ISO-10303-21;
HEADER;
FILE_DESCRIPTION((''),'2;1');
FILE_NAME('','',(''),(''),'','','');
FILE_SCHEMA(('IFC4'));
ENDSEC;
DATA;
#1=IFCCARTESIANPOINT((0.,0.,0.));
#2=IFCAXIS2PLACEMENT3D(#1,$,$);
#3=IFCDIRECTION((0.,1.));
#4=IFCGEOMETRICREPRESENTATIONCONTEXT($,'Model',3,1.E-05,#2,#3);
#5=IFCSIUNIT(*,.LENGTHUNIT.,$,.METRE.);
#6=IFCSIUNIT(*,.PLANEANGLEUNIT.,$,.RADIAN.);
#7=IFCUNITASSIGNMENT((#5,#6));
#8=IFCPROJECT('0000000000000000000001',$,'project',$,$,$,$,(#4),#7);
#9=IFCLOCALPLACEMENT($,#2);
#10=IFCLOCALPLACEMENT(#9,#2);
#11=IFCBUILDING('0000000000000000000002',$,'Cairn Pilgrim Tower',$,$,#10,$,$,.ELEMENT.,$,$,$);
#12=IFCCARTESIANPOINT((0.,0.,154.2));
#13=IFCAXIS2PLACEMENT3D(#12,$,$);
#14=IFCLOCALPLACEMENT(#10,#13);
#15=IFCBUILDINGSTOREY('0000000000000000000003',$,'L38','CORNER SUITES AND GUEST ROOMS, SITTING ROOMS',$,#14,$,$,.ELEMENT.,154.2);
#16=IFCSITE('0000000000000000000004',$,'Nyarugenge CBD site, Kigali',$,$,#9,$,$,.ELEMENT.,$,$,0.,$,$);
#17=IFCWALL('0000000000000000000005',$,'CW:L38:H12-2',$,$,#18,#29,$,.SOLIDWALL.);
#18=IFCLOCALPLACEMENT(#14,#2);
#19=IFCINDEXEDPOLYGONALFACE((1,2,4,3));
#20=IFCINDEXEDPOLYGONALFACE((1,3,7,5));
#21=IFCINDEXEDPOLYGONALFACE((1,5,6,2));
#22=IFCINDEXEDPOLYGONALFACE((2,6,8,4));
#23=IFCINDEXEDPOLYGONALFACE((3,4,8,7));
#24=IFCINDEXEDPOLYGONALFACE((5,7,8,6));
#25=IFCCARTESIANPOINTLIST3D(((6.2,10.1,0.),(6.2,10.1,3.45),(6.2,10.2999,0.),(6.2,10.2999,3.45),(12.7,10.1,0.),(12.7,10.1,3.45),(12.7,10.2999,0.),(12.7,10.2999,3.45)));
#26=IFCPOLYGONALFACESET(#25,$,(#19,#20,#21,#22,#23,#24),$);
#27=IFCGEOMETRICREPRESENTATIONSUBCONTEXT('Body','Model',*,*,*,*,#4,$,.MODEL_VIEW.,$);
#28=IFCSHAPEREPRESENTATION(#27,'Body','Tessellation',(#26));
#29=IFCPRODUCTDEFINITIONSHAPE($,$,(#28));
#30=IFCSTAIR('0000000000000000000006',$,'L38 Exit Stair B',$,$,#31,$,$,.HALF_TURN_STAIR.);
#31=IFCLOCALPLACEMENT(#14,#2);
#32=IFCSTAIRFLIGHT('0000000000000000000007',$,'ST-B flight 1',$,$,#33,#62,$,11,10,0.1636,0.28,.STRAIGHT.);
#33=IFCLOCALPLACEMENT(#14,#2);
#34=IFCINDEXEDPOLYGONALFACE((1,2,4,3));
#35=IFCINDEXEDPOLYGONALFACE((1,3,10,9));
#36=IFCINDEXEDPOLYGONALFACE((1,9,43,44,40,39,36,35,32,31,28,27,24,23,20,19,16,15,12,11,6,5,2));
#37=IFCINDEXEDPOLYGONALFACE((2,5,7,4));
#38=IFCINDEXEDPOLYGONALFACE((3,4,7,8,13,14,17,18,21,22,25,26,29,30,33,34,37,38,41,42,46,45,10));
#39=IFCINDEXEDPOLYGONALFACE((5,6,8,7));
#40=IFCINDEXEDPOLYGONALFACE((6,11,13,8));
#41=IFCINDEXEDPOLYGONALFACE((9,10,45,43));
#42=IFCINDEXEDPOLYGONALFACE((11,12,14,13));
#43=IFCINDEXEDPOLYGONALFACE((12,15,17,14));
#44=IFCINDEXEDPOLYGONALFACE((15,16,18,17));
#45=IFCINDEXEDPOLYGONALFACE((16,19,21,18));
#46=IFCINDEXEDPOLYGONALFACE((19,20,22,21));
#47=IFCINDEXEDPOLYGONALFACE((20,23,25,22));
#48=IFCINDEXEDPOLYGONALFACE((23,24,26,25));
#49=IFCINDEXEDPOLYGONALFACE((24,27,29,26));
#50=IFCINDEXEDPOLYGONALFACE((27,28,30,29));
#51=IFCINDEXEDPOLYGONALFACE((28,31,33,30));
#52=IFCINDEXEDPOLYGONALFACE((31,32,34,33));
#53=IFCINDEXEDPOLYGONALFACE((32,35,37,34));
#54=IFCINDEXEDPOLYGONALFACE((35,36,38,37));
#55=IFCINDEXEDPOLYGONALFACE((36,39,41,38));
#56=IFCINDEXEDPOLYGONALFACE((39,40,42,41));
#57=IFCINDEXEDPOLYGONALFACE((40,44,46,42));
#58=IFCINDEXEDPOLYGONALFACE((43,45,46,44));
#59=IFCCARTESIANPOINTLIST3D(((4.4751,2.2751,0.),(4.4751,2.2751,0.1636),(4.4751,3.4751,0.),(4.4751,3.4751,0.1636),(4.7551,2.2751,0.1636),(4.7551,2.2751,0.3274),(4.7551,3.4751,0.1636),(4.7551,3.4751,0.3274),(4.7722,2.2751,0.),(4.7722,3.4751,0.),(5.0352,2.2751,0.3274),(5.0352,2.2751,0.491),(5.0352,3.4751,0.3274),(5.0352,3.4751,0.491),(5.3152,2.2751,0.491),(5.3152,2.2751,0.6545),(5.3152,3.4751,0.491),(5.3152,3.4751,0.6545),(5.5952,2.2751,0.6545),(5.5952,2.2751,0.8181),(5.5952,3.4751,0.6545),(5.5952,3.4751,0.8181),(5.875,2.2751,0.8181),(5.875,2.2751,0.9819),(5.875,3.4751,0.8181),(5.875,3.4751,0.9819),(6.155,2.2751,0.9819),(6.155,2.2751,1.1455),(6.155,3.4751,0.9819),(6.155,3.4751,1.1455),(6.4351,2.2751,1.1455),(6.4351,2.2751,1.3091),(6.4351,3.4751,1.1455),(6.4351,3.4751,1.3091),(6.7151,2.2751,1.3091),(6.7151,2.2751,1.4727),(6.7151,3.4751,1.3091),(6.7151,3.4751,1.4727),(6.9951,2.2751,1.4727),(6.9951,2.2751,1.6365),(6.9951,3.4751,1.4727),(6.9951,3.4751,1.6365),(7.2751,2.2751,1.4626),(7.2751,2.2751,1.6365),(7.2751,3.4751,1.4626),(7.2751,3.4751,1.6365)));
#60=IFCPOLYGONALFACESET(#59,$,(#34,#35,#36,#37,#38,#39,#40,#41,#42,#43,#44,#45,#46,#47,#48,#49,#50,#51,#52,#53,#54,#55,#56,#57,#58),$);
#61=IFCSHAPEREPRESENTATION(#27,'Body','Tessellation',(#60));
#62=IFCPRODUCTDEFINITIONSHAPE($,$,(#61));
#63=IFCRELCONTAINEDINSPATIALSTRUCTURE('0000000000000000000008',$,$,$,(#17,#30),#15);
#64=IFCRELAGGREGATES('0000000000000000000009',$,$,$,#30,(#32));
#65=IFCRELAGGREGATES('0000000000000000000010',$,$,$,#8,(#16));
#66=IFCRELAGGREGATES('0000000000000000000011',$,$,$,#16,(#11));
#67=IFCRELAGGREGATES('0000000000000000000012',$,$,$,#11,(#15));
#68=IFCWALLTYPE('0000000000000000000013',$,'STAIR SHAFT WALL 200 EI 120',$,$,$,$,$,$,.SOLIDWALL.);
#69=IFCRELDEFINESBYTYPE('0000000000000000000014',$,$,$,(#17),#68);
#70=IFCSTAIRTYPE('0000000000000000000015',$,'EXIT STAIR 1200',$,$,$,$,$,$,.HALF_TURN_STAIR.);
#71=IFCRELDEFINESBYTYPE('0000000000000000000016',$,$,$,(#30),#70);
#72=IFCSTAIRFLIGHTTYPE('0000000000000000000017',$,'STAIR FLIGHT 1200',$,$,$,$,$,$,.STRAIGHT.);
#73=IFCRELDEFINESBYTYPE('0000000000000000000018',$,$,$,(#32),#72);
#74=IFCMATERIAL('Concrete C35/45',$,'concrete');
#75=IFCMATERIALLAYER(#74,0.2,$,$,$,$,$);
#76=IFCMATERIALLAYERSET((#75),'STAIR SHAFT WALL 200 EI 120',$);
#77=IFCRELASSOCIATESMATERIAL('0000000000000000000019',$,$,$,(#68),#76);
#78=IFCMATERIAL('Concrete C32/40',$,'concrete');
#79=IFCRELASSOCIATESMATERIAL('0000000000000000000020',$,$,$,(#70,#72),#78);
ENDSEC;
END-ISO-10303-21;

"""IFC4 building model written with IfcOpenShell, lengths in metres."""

from ifc_helpers import new_model, si_unit, direction, frame, frame_2d, origin, place, context, subcontext, project, spatial, polyline, rectangle, outline, extrude, material, layer, layer_set, type_object, element, aggregate, save


model = new_model("IFC4")

# Units and contexts
model_context = context("Model", 3, precision=1e-05, world=origin(), true_north=direction((0.0, 1.0)))
body_context = subcontext(model_context, "Body", "Model", "MODEL_VIEW")
ifc_project = project(units=[si_unit("LENGTHUNIT", "METRE"), si_unit("PLANEANGLEUNIT", "RADIAN")], contexts=[model_context])

# Site, building, storey
site_placement = place(None, origin())
site = spatial("IfcSite", under=ifc_project, at=site_placement, Name="Nyarugenge CBD site, Kigali", CompositionType="ELEMENT", RefElevation=0.0)
building_placement = place(site_placement, origin())
building = spatial("IfcBuilding", under=site, at=building_placement, Name="Cairn Pilgrim Tower", CompositionType="ELEMENT")
storey_placement = place(building_placement, frame((0.0, 0.0, 154.2)))
storey = spatial("IfcBuildingStorey", under=building, at=storey_placement, Name="L38", Description="CORNER SUITES AND GUEST ROOMS, SITTING ROOMS", CompositionType="ELEMENT", Elevation=154.2)

# Shared definitions
ifc_material_1 = material(Name="Concrete C32/40", Category="concrete")

# Shared definitions
ifc_material_2 = material(Name="Concrete C35/45", Category="concrete")

# Wall
ifc_layer_1 = layer(ifc_material_2, 0.2)
ifc_layer_set_1 = layer_set([ifc_layer_1], Name="STAIR SHAFT WALL 200 EI 120")
wall_type_1 = type_object("IfcWallType", Name="STAIR SHAFT WALL 200 EI 120", PredefinedType="SOLIDWALL", material=ifc_layer_set_1)
wall_1_placement = place(storey_placement, frame((6.2, 10.2, 0.0), z_axis=(0.0, 0.0, 1.0), x_axis=(1.0, 0.0, 0.0)))
element("IfcWall", 1, at=wall_1_placement, inside=storey, type_object=wall_type_1, Name="CW:L38:H12-2", PredefinedType="SOLIDWALL", context=body_context, shape_type="SweptSolid", body=[
    extrude(rectangle(XDim=6.5, YDim=0.2, at=frame_2d((3.25, 0.0))), origin(), (0.0, 0.0, 1.0), 3.45),
])

# Stair, stair flight
stair_type = type_object("IfcStairType", Name="EXIT STAIR 1200", PredefinedType="HALF_TURN_STAIR", material=ifc_material_1)
stair_placement = place(storey_placement, origin())
stair = element("IfcStair", 2, at=stair_placement, inside=storey, type_object=stair_type, Name="L38 Exit Stair B", PredefinedType="HALF_TURN_STAIR")
stair_flight_type = type_object("IfcStairFlightType", Name="STAIR FLIGHT 1200", PredefinedType="STRAIGHT", material=ifc_material_1)
stair_flight_placement = place(storey_placement, frame((4.4751, 2.875, 0.0), z_axis=(0.0, 0.0, 1.0), x_axis=(1.0, 0.0, 0.0)))
stair_flight = element("IfcStairFlight", 3, at=stair_flight_placement, type_object=stair_flight_type, Name="ST-B flight 1", NumberOfRisers=11, NumberOfTreads=10, PredefinedType="STRAIGHT", RiserHeight=0.1636, TreadLength=0.28, context=body_context, shape_type="SweptSolid", body=[
    extrude(outline(polyline([(0.0, 0.0), (0.0, 0.1636), (0.28, 0.1636), (0.28, 0.3274), (0.5601, 0.3274), (0.5601, 0.491), (0.8401, 0.491), (0.8401, 0.6545), (1.1201, 0.6545), (1.1201, 0.8181), (1.3999, 0.8181), (1.3999, 0.9819), (1.6799, 0.9819), (1.6799, 1.1455), (1.96, 1.1455), (1.96, 1.3091), (2.24, 1.3091), (2.24, 1.4727), (2.52, 1.4727), (2.52, 1.6365), (2.8, 1.6365), (2.8, 1.8), (2.8, 1.4626), (0.2971, 0.0), (0.0, 0.0)])), frame((0.0, 0.6001, 0.0), z_axis=(0.0, -1.0, 0.0), x_axis=(1.0, 0.0, 0.0)), (0.0, 0.0, 1.0), 1.2),
])
aggregate(stair, [stair_flight])

save(model, "model.ifc")
